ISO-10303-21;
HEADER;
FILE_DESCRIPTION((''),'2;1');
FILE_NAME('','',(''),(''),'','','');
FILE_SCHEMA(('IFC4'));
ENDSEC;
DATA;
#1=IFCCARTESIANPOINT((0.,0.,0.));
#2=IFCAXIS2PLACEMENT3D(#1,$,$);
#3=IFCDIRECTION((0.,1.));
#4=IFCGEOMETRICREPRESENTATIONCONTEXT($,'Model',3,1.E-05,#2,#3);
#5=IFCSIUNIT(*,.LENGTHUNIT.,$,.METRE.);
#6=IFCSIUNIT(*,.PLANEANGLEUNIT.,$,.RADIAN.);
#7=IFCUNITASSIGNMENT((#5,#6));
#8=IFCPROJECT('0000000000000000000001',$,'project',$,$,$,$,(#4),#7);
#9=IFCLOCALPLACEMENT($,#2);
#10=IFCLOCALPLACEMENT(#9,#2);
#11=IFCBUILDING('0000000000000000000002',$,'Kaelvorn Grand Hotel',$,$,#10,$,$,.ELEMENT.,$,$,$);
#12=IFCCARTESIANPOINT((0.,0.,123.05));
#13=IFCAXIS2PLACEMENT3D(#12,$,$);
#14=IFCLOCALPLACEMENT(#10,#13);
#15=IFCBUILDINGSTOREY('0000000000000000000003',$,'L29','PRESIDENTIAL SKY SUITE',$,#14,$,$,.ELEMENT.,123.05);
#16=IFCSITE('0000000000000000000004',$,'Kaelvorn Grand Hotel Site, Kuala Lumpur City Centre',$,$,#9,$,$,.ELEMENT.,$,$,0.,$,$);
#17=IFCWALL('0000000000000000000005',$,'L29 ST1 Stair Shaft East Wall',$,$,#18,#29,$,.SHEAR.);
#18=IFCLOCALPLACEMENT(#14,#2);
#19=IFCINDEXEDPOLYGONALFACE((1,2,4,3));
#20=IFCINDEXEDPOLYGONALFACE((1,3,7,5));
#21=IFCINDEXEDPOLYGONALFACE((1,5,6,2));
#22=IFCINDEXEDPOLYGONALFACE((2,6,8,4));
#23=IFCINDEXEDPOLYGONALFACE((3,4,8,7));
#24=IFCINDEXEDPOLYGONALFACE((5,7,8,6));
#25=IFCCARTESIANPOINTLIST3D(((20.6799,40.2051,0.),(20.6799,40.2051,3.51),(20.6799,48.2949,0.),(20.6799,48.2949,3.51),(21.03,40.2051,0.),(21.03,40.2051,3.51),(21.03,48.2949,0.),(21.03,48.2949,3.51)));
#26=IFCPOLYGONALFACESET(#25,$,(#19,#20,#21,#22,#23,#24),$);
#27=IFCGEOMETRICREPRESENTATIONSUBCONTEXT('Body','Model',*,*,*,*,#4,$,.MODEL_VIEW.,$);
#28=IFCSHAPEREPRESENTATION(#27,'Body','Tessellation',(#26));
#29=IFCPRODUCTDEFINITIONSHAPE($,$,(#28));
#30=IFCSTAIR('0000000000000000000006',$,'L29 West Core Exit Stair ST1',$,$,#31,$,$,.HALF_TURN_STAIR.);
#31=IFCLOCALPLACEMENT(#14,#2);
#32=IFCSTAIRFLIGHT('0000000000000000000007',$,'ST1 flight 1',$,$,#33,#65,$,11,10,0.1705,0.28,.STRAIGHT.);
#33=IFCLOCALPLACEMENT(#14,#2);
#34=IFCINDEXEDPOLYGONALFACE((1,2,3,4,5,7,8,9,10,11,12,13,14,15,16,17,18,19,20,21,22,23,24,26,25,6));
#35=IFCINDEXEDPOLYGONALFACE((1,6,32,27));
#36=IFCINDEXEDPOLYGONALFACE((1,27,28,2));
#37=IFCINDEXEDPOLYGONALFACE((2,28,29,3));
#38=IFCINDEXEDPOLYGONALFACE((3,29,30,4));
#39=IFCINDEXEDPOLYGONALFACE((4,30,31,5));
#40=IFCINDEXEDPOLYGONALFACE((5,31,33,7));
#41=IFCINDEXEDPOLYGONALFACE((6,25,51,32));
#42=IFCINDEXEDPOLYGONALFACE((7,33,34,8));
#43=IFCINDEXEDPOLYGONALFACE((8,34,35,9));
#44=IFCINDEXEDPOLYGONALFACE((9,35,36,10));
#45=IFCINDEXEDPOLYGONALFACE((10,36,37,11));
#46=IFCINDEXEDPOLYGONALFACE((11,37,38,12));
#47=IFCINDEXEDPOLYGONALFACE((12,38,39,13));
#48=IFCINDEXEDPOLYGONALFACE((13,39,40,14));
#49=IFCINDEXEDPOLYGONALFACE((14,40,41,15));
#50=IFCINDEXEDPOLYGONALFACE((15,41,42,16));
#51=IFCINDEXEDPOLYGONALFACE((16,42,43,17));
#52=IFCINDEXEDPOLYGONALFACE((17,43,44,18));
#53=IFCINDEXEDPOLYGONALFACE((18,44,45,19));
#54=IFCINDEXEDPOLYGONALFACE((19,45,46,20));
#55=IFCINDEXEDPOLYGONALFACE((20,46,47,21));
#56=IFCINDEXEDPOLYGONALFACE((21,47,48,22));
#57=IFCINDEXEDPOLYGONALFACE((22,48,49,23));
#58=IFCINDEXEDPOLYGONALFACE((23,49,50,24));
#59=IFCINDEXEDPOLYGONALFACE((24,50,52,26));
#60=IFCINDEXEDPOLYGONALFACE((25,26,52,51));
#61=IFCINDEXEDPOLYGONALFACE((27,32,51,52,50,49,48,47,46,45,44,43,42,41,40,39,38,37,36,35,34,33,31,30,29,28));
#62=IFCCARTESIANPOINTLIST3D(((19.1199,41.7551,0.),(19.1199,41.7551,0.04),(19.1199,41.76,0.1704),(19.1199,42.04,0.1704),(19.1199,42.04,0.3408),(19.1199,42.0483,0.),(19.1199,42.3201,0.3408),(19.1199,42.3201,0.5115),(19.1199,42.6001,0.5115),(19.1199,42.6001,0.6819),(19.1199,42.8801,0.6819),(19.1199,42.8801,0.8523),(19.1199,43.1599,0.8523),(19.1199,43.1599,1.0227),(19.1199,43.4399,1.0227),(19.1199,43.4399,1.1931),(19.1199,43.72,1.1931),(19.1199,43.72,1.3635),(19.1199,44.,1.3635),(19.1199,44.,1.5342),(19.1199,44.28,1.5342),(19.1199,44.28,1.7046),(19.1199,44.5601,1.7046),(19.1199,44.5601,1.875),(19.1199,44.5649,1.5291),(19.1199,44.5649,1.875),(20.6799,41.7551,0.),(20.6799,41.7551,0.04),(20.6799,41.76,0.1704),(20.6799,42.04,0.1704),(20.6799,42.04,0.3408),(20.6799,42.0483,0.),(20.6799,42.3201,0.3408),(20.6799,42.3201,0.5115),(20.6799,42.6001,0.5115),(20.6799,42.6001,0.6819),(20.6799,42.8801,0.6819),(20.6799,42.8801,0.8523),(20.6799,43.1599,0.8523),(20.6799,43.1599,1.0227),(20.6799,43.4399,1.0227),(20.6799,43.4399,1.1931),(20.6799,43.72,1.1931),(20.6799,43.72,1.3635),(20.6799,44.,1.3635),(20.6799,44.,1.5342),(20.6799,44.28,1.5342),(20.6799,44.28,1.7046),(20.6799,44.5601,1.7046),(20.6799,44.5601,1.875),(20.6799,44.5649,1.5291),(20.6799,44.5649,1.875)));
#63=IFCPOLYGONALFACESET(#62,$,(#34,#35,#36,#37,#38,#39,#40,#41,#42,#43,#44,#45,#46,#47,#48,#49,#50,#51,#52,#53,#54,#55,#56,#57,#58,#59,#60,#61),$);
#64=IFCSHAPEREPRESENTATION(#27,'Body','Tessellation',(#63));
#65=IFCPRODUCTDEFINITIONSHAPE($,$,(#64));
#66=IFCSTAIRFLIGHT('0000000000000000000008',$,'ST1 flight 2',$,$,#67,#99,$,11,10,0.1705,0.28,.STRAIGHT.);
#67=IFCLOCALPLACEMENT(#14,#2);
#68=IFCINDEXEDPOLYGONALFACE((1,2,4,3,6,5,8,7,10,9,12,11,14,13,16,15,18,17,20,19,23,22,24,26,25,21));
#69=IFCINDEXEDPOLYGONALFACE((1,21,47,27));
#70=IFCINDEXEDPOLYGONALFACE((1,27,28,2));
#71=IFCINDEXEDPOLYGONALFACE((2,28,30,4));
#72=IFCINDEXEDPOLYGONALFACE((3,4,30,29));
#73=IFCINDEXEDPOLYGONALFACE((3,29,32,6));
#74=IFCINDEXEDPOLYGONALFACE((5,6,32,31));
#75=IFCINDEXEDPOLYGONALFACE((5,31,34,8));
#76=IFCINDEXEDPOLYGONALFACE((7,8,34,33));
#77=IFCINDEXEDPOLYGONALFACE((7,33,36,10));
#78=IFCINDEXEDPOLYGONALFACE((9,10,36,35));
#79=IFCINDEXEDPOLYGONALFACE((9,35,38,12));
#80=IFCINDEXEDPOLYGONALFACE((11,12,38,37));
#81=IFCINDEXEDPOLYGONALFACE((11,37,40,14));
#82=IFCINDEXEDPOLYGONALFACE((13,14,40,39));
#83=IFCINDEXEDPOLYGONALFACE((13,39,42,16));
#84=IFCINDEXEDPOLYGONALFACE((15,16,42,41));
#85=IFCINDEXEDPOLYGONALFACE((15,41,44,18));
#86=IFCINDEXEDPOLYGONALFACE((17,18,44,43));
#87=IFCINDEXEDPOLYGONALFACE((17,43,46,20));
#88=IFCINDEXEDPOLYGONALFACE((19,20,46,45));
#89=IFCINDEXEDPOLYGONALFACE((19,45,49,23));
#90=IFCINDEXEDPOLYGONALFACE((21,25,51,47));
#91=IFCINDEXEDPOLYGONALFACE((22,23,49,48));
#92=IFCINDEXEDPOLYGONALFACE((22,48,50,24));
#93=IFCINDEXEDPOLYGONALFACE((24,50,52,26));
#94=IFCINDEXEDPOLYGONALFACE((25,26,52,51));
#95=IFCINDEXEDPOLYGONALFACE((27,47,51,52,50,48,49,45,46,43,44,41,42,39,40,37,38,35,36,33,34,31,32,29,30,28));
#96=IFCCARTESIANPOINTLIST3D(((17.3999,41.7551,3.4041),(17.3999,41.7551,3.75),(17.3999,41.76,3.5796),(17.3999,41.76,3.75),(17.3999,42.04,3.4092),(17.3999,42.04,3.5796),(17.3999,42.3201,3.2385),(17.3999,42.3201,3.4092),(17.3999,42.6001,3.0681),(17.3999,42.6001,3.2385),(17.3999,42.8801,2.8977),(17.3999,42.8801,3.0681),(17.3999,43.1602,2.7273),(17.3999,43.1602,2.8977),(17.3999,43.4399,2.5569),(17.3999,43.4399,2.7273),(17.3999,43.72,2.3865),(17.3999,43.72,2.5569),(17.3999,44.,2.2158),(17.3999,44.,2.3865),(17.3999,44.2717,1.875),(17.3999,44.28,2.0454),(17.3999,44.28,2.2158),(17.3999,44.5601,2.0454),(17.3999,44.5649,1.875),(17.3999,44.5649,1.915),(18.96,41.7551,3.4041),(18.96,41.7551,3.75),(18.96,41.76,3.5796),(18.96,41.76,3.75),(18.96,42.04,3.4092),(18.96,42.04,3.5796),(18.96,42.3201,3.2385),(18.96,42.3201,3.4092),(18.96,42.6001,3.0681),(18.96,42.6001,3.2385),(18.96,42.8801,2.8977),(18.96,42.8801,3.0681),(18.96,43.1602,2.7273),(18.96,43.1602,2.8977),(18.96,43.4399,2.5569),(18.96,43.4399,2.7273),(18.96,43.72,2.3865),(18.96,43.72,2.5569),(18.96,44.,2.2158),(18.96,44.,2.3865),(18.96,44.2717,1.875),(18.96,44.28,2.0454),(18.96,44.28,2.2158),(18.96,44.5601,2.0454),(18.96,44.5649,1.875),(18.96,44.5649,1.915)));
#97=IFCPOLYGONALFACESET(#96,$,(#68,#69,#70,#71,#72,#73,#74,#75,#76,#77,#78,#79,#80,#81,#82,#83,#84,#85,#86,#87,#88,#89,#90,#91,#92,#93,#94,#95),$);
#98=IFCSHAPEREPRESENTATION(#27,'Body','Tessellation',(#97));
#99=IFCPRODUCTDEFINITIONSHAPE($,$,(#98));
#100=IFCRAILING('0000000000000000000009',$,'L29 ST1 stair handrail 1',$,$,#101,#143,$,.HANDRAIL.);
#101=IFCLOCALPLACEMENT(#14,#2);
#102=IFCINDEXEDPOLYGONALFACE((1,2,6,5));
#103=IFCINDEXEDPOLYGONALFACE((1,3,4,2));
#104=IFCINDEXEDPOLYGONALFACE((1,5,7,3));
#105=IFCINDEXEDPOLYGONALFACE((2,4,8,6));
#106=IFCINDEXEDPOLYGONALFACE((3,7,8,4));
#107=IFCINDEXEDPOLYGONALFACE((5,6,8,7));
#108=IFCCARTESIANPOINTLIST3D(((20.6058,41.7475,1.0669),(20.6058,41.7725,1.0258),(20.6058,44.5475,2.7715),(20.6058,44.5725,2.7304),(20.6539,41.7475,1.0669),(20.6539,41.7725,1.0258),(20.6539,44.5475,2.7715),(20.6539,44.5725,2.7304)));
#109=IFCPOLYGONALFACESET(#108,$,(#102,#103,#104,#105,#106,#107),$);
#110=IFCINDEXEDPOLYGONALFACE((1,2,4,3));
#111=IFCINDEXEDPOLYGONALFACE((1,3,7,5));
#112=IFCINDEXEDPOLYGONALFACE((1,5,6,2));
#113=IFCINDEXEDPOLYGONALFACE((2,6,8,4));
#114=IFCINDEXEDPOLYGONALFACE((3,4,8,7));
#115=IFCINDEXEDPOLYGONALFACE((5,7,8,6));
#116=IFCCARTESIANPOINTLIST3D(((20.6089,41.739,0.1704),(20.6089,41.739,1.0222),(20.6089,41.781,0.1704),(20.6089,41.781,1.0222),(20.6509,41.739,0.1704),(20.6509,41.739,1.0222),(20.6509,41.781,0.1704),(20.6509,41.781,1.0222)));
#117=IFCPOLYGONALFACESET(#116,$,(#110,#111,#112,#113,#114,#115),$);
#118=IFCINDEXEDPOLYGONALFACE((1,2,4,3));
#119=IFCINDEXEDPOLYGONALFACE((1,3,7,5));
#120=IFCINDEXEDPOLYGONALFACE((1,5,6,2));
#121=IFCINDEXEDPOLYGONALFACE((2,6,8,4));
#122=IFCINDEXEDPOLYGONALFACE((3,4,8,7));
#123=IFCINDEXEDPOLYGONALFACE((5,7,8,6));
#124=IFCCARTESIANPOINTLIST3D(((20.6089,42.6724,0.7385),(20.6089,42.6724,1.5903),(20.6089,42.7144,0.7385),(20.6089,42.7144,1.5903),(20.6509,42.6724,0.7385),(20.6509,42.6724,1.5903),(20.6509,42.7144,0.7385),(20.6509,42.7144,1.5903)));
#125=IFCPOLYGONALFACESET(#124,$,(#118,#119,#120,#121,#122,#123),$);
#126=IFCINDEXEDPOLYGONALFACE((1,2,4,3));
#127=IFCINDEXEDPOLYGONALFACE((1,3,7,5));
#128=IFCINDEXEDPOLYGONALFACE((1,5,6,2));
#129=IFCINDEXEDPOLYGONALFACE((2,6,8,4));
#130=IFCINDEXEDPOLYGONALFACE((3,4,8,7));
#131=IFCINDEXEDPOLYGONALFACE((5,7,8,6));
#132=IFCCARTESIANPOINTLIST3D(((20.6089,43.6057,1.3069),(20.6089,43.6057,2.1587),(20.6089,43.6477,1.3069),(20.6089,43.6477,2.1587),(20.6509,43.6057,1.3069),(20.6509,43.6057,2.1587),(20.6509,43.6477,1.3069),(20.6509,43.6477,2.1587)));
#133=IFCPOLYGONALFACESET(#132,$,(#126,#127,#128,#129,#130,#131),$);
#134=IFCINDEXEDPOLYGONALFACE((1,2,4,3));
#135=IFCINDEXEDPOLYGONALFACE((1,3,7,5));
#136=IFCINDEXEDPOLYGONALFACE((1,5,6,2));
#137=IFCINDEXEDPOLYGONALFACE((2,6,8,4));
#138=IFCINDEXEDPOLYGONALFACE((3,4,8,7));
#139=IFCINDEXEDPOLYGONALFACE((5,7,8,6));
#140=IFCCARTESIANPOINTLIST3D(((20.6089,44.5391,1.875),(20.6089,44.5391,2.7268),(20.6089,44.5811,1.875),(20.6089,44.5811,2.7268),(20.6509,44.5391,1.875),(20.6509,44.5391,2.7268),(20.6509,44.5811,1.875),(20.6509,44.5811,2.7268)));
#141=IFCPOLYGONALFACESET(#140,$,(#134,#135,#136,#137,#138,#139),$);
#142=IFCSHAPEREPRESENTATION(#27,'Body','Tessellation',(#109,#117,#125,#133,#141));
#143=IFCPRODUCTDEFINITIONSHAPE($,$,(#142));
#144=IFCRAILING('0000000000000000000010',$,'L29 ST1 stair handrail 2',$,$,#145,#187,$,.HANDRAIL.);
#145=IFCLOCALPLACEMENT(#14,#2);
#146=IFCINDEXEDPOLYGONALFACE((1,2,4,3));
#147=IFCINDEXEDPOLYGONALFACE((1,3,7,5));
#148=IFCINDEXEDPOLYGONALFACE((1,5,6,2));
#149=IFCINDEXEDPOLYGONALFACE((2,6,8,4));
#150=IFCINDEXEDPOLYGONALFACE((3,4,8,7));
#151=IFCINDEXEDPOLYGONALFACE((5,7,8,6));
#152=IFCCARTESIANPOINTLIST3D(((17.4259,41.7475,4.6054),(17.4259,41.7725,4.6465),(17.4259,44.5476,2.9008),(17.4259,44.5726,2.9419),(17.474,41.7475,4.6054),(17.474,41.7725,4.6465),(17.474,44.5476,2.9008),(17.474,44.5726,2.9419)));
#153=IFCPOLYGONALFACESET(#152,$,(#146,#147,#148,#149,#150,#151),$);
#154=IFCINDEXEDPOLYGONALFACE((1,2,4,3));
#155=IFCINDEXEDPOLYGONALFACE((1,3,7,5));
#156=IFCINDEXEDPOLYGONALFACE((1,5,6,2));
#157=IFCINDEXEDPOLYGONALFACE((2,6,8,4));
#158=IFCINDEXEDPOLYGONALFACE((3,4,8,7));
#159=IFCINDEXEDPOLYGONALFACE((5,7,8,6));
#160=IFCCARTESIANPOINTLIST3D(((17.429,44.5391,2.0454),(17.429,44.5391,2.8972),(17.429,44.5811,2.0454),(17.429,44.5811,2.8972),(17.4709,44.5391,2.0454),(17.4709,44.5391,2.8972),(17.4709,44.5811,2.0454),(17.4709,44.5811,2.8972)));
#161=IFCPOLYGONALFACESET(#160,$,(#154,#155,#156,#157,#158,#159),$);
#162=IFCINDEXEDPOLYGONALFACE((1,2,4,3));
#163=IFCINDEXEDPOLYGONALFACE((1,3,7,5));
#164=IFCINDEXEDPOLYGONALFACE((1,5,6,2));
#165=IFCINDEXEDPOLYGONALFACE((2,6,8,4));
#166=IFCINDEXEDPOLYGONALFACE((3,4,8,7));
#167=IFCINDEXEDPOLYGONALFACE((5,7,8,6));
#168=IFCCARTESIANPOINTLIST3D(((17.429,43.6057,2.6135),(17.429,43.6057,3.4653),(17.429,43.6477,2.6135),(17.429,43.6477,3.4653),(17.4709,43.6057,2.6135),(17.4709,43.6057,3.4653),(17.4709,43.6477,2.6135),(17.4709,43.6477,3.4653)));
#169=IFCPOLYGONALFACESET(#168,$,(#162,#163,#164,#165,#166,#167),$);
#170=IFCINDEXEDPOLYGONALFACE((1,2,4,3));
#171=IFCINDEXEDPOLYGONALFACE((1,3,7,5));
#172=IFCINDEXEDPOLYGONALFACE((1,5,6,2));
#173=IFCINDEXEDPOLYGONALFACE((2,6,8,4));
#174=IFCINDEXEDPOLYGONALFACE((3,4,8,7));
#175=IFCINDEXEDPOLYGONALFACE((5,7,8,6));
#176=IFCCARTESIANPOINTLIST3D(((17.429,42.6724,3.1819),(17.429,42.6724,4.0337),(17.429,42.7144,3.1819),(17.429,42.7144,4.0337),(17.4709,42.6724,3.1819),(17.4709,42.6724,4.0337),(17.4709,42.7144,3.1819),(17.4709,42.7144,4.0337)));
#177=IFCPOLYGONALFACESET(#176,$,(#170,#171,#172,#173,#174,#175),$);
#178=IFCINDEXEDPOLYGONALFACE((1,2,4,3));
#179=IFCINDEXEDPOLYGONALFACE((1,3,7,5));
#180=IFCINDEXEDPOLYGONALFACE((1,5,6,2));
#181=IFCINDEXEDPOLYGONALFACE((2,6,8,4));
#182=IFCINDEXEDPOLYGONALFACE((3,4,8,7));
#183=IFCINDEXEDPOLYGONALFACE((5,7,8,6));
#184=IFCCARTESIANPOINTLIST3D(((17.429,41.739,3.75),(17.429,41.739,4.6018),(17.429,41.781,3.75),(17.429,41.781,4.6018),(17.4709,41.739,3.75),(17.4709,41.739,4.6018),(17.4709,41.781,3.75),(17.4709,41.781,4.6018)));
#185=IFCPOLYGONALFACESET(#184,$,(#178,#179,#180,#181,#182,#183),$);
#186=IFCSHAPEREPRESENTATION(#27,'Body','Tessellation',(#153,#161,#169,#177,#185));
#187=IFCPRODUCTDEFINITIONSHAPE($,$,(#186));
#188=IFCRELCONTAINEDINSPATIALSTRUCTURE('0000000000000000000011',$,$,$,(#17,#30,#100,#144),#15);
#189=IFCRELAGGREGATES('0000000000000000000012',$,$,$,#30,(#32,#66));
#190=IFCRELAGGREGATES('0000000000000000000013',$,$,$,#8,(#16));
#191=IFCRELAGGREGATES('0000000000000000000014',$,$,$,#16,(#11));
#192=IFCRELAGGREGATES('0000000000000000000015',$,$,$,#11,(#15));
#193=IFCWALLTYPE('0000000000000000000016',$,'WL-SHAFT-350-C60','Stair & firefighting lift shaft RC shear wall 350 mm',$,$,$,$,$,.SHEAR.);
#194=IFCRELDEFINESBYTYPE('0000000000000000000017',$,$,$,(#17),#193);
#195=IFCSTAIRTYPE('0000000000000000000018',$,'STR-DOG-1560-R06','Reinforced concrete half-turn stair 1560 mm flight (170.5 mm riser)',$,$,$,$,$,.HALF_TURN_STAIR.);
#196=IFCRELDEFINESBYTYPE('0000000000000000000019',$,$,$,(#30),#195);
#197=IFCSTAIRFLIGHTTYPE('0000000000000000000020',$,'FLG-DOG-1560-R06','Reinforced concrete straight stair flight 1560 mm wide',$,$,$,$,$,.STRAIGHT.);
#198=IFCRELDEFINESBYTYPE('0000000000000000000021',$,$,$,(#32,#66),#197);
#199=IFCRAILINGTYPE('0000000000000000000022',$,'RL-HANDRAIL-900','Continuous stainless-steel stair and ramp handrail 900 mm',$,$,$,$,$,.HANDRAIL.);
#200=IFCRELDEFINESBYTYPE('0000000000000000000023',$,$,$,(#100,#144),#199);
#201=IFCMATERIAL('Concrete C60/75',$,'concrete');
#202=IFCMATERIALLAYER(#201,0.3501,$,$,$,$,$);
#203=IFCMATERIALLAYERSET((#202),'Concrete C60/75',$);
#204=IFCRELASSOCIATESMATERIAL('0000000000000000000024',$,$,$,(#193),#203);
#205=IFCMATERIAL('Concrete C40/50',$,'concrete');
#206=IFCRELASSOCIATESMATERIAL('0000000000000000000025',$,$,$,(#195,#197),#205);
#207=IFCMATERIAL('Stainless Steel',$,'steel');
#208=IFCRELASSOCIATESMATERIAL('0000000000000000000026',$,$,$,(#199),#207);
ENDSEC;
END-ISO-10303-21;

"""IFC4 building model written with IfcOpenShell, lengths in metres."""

from ifc_helpers import new_model, si_unit, direction, frame, frame_2d, origin, origin_2d, place, context, subcontext, project, spatial, polyline, rectangle, outline, extrude, material, layer, layer_set, type_object, element, aggregate, save


model = new_model("IFC4")

# Units and contexts
model_context = context("Model", 3, precision=1e-05, world=origin(), true_north=direction((0.0, 1.0)))
body_context = subcontext(model_context, "Body", "Model", "MODEL_VIEW")
ifc_project = project(units=[si_unit("LENGTHUNIT", "METRE"), si_unit("PLANEANGLEUNIT", "RADIAN")], contexts=[model_context])

# Site, building, storey
site_placement = place(None, origin())
site = spatial("IfcSite", under=ifc_project, at=site_placement, Name="Kaelvorn Grand Hotel Site, Kuala Lumpur City Centre", CompositionType="ELEMENT", RefElevation=0.0)
building_placement = place(site_placement, origin())
building = spatial("IfcBuilding", under=site, at=building_placement, Name="Kaelvorn Grand Hotel", CompositionType="ELEMENT")
storey_placement = place(building_placement, frame((0.0, 0.0, 123.05)))
storey = spatial("IfcBuildingStorey", under=building, at=storey_placement, Name="L29", Description="PRESIDENTIAL SKY SUITE", CompositionType="ELEMENT", Elevation=123.05)

# Shared definitions
ifc_material_1 = material(Name="Concrete C60/75", Category="concrete")

# Shared definitions
ifc_material_2 = material(Name="Concrete C40/50", Category="concrete")

# Shared definitions
ifc_material_3 = material(Name="Stainless Steel", Category="steel")

# Shared definitions
ifc_layer_1 = layer(ifc_material_1, 0.3501)
ifc_layer_set_1 = layer_set([ifc_layer_1], Name="Concrete C60/75")
wall_type_1 = type_object("IfcWallType", Name="WL-SHAFT-350-C60", Description="Stair & firefighting lift shaft RC shear wall 350 mm", PredefinedType="SHEAR", material=ifc_layer_set_1)

# Wall
for number, where, z_axis, x_axis, name in (
    (1, (20.855, 40.2051, 0.0), (0.0, 0.0, 1.0), (0.0, 1.0, 0.0), "L29 ST1 Stair Shaft East Wall"),
):
    element("IfcWall", number, at=place(storey_placement, frame(where, z_axis=z_axis, x_axis=x_axis)), inside=storey, type_object=wall_type_1, Name=name, PredefinedType="SHEAR", context=body_context, shape_type="SweptSolid", body=[
        extrude(rectangle(XDim=8.0898, YDim=0.3501, at=frame_2d((4.0449, 0.0))), origin(), (0.0, 0.0, 1.0), 3.51),
    ])

# Stair, stair flights
stair_type = type_object("IfcStairType", Name="STR-DOG-1560-R06", Description="Reinforced concrete half-turn stair 1560 mm flight (170.5 mm riser)", PredefinedType="HALF_TURN_STAIR", material=ifc_material_2)
stair_placement = place(storey_placement, origin())
stair = element("IfcStair", 2, at=stair_placement, inside=storey, type_object=stair_type, Name="L29 West Core Exit Stair ST1", PredefinedType="HALF_TURN_STAIR")
stair_flight_type = type_object("IfcStairFlightType", Name="FLG-DOG-1560-R06", Description="Reinforced concrete straight stair flight 1560 mm wide", PredefinedType="STRAIGHT", material=ifc_material_2)
stair_flight_1_placement = place(storey_placement, frame((19.8999, 41.76, 0.0), z_axis=(0.0, 0.0, 1.0), x_axis=(0.0, 1.0, 0.0)))
stair_flight_1 = element("IfcStairFlight", 3, at=stair_flight_1_placement, type_object=stair_flight_type, Name="ST1 flight 1", NumberOfRisers=11, NumberOfTreads=10, PredefinedType="STRAIGHT", RiserHeight=0.1705, TreadLength=0.28, context=body_context, shape_type="SweptSolid", body=[
    extrude(outline(polyline([(-0.0049, 0.0), (-0.0049, 0.04), (0.0, 0.1704), (0.28, 0.1704), (0.28, 0.3408), (0.5601, 0.3408), (0.5601, 0.5115), (0.8401, 0.5115), (0.8401, 0.6819), (1.1201, 0.6819), (1.1201, 0.8523), (1.3999, 0.8523), (1.3999, 1.0227), (1.6799, 1.0227), (1.6799, 1.1931), (1.96, 1.1931), (1.96, 1.3635), (2.24, 1.3635), (2.24, 1.5342), (2.52, 1.5342), (2.52, 1.7046), (2.8, 1.7046), (2.8, 1.875), (2.8049, 1.875), (2.8049, 1.5291), (0.2883, 0.0), (-0.0049, 0.0)])), frame((0.0, 0.78, 0.0), z_axis=(0.0, -1.0, 0.0), x_axis=(1.0, 0.0, 0.0)), (0.0, 0.0, 1.0), 1.5601),
])
stair_flight_2_placement = place(storey_placement, frame((18.1799, 44.5601, 1.875), z_axis=(0.0, 0.0, 1.0), x_axis=(0.0, -1.0, 0.0)))
stair_flight_2 = element("IfcStairFlight", 4, at=stair_flight_2_placement, type_object=stair_flight_type, Name="ST1 flight 2", NumberOfRisers=11, NumberOfTreads=10, PredefinedType="STRAIGHT", RiserHeight=0.1705, TreadLength=0.28, context=body_context, shape_type="SweptSolid", body=[
    extrude(outline(polyline([(-0.0049, 0.0), (-0.0049, 0.04), (0.0, 0.1704), (0.28, 0.1704), (0.28, 0.3408), (0.5601, 0.3408), (0.5601, 0.5115), (0.8401, 0.5115), (0.8401, 0.6819), (1.1201, 0.6819), (1.1201, 0.8523), (1.3999, 0.8523), (1.3999, 1.0227), (1.6799, 1.0227), (1.6799, 1.1931), (1.96, 1.1931), (1.96, 1.3635), (2.24, 1.3635), (2.24, 1.5342), (2.52, 1.5342), (2.52, 1.7046), (2.8, 1.7046), (2.8, 1.875), (2.8049, 1.875), (2.8049, 1.5291), (0.2883, 0.0), (-0.0049, 0.0)])), frame((0.0, 0.78, 0.0), z_axis=(0.0, -1.0, 0.0), x_axis=(1.0, 0.0, 0.0)), (0.0, 0.0, 1.0), 1.5601),
])
aggregate(stair, [stair_flight_1, stair_flight_2])

# Railings
railing_type_1 = type_object("IfcRailingType", Name="RL-HANDRAIL-900", Description="Continuous stainless-steel stair and ramp handrail 900 mm", PredefinedType="HANDRAIL", material=ifc_material_3)
railing_1_placement = place(storey_placement, frame((20.6299, 41.76, 0.1704)))
element("IfcRailing", 5, at=railing_1_placement, inside=storey, type_object=railing_type_1, Name="L29 ST1 stair handrail 1", PredefinedType="HANDRAIL", context=body_context, shape_type="SweptSolid", body=[
    extrude(rectangle(XDim=0.0481, YDim=0.0481, at=origin_2d()), frame((0.0, 0.0, 0.876), z_axis=(0.0, 0.85417, 0.519994), x_axis=(-1.0, 0.0, 0.0)), (0.0, 0.0, 1.0), 3.2781),
    extrude(rectangle(XDim=0.042, YDim=0.042, at=origin_2d()), origin(), (0.0, 0.0, 1.0), 0.8518),
    extrude(rectangle(XDim=0.042, YDim=0.042, at=origin_2d()), frame((0.0, 0.9333, 0.5681)), (0.0, 0.0, 1.0), 0.8518),
    extrude(rectangle(XDim=0.042, YDim=0.042, at=origin_2d()), frame((0.0, 1.8667, 1.1365)), (0.0, 0.0, 1.0), 0.8518),
    extrude(rectangle(XDim=0.042, YDim=0.042, at=origin_2d()), frame((0.0, 2.8, 1.7046)), (0.0, 0.0, 1.0), 0.8518),
])
railing_2_placement = place(storey_placement, frame((17.45, 44.5601, 2.0454)))
element("IfcRailing", 6, at=railing_2_placement, inside=storey, type_object=railing_type_1, Name="L29 ST1 stair handrail 2", PredefinedType="HANDRAIL", context=body_context, shape_type="SweptSolid", body=[
    extrude(rectangle(XDim=0.0481, YDim=0.0481, at=origin_2d()), frame((0.0, 0.0, 0.876), z_axis=(0.0, -0.85417, 0.519994), x_axis=(1.0, 0.0, 0.0)), (0.0, 0.0, 1.0), 3.2781),
    extrude(rectangle(XDim=0.042, YDim=0.042, at=origin_2d()), origin(), (0.0, 0.0, 1.0), 0.8518),
    extrude(rectangle(XDim=0.042, YDim=0.042, at=origin_2d()), frame((0.0, -0.9333, 0.5681)), (0.0, 0.0, 1.0), 0.8518),
    extrude(rectangle(XDim=0.042, YDim=0.042, at=origin_2d()), frame((0.0, -1.8667, 1.1365)), (0.0, 0.0, 1.0), 0.8518),
    extrude(rectangle(XDim=0.042, YDim=0.042, at=origin_2d()), frame((0.0, -2.8, 1.7046)), (0.0, 0.0, 1.0), 0.8518),
])

save(model, "model.ifc")
